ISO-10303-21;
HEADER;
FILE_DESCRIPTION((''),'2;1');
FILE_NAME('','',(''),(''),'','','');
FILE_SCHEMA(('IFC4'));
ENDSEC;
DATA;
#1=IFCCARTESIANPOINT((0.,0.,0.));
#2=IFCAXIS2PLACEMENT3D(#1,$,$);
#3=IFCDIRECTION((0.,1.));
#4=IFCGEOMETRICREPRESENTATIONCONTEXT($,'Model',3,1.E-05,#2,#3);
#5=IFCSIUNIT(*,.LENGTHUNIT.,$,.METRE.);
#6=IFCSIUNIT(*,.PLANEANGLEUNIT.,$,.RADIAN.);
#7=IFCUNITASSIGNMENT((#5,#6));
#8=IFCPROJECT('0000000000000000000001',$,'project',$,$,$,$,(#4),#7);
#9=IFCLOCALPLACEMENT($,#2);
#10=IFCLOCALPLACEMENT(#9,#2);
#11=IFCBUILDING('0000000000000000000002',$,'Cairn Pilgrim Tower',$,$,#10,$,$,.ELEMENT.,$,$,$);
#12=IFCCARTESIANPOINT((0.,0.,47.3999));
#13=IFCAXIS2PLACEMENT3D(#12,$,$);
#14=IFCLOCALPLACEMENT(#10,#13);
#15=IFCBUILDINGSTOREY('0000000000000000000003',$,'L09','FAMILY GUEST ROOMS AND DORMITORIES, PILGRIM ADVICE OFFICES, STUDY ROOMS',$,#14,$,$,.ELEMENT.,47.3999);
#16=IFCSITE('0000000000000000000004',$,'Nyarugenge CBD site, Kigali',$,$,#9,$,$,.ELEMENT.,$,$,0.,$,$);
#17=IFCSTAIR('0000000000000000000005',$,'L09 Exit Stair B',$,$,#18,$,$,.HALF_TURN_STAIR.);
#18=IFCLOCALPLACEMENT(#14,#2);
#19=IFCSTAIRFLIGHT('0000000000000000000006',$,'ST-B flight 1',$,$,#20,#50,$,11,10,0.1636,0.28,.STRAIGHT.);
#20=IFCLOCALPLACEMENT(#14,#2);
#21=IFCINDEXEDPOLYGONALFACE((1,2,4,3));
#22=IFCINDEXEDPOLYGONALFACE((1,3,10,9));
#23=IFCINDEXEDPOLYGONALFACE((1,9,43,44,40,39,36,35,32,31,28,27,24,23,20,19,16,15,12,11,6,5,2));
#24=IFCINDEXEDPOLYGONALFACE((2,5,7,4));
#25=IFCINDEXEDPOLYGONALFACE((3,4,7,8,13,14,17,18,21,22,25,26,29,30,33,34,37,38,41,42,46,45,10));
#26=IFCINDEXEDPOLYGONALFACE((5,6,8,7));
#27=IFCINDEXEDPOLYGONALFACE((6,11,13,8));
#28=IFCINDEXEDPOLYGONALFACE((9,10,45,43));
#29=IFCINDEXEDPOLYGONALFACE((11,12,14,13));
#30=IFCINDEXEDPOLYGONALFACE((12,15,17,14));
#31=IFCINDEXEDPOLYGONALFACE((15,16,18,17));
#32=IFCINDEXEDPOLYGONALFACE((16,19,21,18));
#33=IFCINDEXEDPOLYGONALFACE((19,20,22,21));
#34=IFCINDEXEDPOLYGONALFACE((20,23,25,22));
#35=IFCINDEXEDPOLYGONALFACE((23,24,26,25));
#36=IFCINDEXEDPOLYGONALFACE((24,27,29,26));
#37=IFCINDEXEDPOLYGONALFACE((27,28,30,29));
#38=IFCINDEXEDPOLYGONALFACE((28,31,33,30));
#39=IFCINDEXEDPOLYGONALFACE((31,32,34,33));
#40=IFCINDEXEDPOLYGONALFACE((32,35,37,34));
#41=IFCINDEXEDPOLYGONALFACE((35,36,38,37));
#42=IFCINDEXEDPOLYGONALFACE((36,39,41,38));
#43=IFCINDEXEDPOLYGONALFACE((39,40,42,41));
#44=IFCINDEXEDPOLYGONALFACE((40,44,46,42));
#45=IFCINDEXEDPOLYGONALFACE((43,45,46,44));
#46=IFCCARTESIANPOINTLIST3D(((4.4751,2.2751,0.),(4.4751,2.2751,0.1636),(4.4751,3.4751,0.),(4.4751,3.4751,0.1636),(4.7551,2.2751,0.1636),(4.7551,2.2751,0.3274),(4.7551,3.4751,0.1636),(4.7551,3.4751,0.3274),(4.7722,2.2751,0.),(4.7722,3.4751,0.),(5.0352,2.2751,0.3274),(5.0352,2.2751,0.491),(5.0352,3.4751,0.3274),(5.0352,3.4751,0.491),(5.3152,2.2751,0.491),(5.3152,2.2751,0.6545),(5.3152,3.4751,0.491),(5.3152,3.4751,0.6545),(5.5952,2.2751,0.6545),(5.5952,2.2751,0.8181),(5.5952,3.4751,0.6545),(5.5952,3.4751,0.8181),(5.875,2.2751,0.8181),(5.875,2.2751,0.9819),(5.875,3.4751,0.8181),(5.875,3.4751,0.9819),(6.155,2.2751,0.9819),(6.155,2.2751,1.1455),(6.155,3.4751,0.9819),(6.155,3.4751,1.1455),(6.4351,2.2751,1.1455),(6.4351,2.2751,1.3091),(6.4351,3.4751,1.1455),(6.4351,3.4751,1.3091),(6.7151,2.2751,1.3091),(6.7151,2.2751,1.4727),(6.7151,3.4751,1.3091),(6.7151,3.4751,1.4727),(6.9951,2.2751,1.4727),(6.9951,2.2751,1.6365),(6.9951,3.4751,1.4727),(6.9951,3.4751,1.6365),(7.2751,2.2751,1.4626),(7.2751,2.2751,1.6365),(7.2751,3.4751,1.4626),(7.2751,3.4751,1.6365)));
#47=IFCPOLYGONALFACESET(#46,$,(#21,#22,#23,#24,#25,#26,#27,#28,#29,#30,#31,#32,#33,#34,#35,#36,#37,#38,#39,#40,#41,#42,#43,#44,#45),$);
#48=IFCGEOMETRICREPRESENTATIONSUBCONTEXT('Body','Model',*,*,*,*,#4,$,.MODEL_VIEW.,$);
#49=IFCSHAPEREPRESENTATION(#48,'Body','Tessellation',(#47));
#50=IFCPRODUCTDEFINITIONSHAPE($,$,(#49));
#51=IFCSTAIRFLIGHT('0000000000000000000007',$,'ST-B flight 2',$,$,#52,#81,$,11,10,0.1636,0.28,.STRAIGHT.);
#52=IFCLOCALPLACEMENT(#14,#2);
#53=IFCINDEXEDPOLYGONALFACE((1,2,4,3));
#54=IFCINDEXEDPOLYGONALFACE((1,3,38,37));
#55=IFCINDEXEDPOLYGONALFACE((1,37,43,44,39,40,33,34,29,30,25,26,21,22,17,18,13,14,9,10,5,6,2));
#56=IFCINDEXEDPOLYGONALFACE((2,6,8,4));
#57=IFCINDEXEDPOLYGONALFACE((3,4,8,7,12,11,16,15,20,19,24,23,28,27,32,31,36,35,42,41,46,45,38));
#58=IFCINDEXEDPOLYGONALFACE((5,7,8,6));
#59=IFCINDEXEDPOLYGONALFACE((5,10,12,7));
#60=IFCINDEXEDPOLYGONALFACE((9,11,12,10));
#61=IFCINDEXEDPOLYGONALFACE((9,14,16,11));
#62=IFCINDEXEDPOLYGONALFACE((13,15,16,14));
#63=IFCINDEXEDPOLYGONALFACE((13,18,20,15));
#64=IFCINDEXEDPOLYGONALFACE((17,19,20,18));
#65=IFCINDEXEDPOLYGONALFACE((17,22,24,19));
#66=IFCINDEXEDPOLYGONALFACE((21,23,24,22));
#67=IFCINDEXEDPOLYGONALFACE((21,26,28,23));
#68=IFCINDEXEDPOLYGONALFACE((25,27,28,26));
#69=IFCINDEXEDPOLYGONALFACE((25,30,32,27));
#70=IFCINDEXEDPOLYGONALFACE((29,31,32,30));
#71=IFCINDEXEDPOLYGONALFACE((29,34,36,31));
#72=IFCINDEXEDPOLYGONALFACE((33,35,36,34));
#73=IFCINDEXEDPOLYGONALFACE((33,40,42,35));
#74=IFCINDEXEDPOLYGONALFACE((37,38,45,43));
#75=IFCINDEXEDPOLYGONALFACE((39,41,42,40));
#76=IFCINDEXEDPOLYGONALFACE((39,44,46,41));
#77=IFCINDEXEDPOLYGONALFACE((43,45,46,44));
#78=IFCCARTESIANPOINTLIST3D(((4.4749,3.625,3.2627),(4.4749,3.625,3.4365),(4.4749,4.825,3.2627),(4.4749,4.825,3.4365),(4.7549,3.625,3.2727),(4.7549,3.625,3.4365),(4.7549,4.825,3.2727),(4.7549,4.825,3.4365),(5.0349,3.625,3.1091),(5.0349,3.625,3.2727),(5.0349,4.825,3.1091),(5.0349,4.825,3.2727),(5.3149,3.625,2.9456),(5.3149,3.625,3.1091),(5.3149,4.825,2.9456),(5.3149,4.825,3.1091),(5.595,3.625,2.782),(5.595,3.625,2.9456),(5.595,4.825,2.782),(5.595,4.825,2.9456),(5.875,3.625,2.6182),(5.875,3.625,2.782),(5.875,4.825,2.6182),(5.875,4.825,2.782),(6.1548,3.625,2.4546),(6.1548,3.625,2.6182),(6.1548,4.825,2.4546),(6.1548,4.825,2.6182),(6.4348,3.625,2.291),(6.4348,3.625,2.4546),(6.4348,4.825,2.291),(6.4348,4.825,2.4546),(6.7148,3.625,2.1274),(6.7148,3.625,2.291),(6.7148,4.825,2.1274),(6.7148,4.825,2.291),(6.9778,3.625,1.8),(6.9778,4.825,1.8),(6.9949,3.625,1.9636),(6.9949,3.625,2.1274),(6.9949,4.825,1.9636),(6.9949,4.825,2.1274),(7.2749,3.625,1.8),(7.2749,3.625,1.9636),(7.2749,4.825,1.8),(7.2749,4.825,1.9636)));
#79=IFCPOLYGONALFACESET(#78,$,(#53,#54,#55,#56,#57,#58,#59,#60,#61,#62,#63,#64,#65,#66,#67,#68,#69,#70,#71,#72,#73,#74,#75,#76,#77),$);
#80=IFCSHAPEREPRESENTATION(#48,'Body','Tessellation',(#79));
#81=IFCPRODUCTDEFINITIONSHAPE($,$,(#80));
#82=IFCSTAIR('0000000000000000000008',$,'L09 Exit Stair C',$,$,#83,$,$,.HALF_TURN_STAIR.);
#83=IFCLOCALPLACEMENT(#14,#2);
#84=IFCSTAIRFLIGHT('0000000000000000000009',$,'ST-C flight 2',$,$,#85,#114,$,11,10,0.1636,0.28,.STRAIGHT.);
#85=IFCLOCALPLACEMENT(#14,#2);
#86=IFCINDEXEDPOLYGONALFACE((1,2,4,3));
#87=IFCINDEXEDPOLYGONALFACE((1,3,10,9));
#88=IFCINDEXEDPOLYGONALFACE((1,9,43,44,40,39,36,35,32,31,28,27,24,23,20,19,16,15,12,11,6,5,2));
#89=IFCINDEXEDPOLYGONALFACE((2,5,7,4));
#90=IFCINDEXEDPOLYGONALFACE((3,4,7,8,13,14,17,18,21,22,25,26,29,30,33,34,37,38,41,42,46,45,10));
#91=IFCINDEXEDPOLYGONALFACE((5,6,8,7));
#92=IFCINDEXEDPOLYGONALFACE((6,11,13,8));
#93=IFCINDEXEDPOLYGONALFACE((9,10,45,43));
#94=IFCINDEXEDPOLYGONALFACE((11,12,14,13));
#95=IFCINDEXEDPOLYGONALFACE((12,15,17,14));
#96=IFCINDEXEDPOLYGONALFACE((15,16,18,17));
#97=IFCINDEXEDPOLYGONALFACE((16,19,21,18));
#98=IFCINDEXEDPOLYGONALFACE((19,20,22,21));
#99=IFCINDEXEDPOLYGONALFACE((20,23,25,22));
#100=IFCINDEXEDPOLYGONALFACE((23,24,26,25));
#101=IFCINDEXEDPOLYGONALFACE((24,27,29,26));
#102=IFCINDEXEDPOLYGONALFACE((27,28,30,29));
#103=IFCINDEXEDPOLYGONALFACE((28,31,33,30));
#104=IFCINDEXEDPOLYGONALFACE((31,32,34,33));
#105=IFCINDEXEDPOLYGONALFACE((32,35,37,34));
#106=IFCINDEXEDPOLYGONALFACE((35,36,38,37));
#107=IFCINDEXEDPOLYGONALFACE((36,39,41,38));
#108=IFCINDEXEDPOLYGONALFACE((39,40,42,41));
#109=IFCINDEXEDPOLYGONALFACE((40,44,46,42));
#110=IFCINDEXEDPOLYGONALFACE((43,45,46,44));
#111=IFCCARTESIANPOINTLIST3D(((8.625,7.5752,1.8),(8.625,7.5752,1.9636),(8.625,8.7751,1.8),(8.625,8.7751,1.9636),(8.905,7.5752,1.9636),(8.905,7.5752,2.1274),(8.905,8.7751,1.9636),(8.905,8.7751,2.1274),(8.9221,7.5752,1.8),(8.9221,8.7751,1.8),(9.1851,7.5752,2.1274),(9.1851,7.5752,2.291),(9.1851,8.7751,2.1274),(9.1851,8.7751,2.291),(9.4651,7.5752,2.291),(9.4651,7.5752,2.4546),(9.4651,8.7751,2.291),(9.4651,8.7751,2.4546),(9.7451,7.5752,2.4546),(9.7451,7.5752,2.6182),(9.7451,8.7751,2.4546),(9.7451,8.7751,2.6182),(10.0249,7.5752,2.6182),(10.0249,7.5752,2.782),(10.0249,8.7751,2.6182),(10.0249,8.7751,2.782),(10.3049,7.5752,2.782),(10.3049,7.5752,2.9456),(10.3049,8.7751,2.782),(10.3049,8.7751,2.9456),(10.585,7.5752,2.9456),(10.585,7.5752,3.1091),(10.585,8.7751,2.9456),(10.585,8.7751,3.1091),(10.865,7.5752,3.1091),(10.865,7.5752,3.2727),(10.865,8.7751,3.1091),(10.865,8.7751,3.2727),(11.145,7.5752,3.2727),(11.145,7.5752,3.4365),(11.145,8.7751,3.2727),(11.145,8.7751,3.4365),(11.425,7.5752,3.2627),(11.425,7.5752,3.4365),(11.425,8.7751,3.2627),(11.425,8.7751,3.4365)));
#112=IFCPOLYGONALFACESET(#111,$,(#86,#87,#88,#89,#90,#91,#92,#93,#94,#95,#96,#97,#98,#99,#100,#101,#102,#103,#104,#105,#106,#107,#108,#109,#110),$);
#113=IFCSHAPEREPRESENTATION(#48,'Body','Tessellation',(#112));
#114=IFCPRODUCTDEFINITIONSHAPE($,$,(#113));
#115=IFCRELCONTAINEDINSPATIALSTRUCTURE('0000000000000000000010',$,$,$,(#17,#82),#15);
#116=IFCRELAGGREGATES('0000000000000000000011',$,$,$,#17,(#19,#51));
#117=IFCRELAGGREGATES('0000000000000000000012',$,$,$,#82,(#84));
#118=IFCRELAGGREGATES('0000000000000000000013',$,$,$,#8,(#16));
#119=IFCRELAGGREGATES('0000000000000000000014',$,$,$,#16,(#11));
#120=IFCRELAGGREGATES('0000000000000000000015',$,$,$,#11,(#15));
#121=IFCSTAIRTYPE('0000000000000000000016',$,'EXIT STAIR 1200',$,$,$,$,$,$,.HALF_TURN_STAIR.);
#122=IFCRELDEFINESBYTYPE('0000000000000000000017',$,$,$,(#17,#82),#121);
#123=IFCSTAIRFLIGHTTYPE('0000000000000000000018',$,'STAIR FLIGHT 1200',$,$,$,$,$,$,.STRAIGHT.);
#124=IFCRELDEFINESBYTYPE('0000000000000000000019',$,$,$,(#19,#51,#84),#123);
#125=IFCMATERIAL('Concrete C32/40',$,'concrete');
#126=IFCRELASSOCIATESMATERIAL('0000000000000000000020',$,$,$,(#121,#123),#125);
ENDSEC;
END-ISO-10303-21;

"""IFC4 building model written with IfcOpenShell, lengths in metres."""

from ifc_helpers import new_model, si_unit, direction, frame, origin, place, context, subcontext, project, spatial, polyline, outline, extrude, material, type_object, element, aggregate, save


model = new_model("IFC4")

# Units and contexts
model_context = context("Model", 3, precision=1e-05, world=origin(), true_north=direction((0.0, 1.0)))
body_context = subcontext(model_context, "Body", "Model", "MODEL_VIEW")
ifc_project = project(units=[si_unit("LENGTHUNIT", "METRE"), si_unit("PLANEANGLEUNIT", "RADIAN")], contexts=[model_context])

# Site, building, storey
site_placement = place(None, origin())
site = spatial("IfcSite", under=ifc_project, at=site_placement, Name="Nyarugenge CBD site, Kigali", CompositionType="ELEMENT", RefElevation=0.0)
building_placement = place(site_placement, origin())
building = spatial("IfcBuilding", under=site, at=building_placement, Name="Cairn Pilgrim Tower", CompositionType="ELEMENT")
storey_placement = place(building_placement, frame((0.0, 0.0, 47.3999)))
storey = spatial("IfcBuildingStorey", under=building, at=storey_placement, Name="L09", Description="FAMILY GUEST ROOMS AND DORMITORIES, PILGRIM ADVICE OFFICES, STUDY ROOMS", CompositionType="ELEMENT", Elevation=47.3999)

# Shared definitions
ifc_material_1 = material(Name="Concrete C32/40", Category="concrete")

# Stair, stair flights
stair_type = type_object("IfcStairType", Name="EXIT STAIR 1200", PredefinedType="HALF_TURN_STAIR", material=ifc_material_1)
stair_1_placement = place(storey_placement, origin())
stair_1 = element("IfcStair", 1, at=stair_1_placement, inside=storey, type_object=stair_type, Name="L09 Exit Stair B", PredefinedType="HALF_TURN_STAIR")
stair_flight_type = type_object("IfcStairFlightType", Name="STAIR FLIGHT 1200", PredefinedType="STRAIGHT", material=ifc_material_1)
stair_flight_1_placement = place(storey_placement, frame((4.4751, 2.875, 0.0), z_axis=(0.0, 0.0, 1.0), x_axis=(1.0, 0.0, 0.0)))
stair_flight_1 = element("IfcStairFlight", 2, at=stair_flight_1_placement, type_object=stair_flight_type, Name="ST-B flight 1", NumberOfRisers=11, NumberOfTreads=10, PredefinedType="STRAIGHT", RiserHeight=0.1636, TreadLength=0.28, context=body_context, shape_type="SweptSolid", body=[
    extrude(outline(polyline([(0.0, 0.0), (0.0, 0.1636), (0.28, 0.1636), (0.28, 0.3274), (0.5601, 0.3274), (0.5601, 0.491), (0.8401, 0.491), (0.8401, 0.6545), (1.1201, 0.6545), (1.1201, 0.8181), (1.3999, 0.8181), (1.3999, 0.9819), (1.6799, 0.9819), (1.6799, 1.1455), (1.96, 1.1455), (1.96, 1.3091), (2.24, 1.3091), (2.24, 1.4727), (2.52, 1.4727), (2.52, 1.6365), (2.8, 1.6365), (2.8, 1.8), (2.8, 1.4626), (0.2971, 0.0), (0.0, 0.0)])), frame((0.0, 0.6001, 0.0), z_axis=(0.0, -1.0, 0.0), x_axis=(1.0, 0.0, 0.0)), (0.0, 0.0, 1.0), 1.2),
])
stair_flight_2_placement = place(storey_placement, frame((7.2749, 4.2251, 1.8), z_axis=(0.0, 0.0, 1.0), x_axis=(-1.0, 0.0, 0.0)))
stair_flight_2 = element("IfcStairFlight", 3, at=stair_flight_2_placement, type_object=stair_flight_type, Name="ST-B flight 2", NumberOfRisers=11, NumberOfTreads=10, PredefinedType="STRAIGHT", RiserHeight=0.1636, TreadLength=0.28, context=body_context, shape_type="SweptSolid", body=[
    extrude(outline(polyline([(0.0, 0.0), (0.0, 0.1636), (0.28, 0.1636), (0.28, 0.3274), (0.5601, 0.3274), (0.5601, 0.491), (0.8401, 0.491), (0.8401, 0.6545), (1.1201, 0.6545), (1.1201, 0.8181), (1.3999, 0.8181), (1.3999, 0.9819), (1.6799, 0.9819), (1.6799, 1.1455), (1.96, 1.1455), (1.96, 1.3091), (2.24, 1.3091), (2.24, 1.4727), (2.52, 1.4727), (2.52, 1.6365), (2.8, 1.6365), (2.8, 1.8), (2.8, 1.4626), (0.2971, 0.0), (0.0, 0.0)])), frame((0.0, 0.6001, 0.0), z_axis=(0.0, -1.0, 0.0), x_axis=(1.0, 0.0, 0.0)), (0.0, 0.0, 1.0), 1.2),
])
aggregate(stair_1, [stair_flight_1, stair_flight_2])

# Stair, stair flight
stair_2_placement = place(storey_placement, origin())
stair_2 = element("IfcStair", 4, at=stair_2_placement, inside=storey, type_object=stair_type, Name="L09 Exit Stair C", PredefinedType="HALF_TURN_STAIR")
stair_flight_3_placement = place(storey_placement, frame((8.625, 8.175, 1.8), z_axis=(0.0, 0.0, 1.0), x_axis=(1.0, 0.0, 0.0)))
stair_flight_3 = element("IfcStairFlight", 5, at=stair_flight_3_placement, type_object=stair_flight_type, Name="ST-C flight 2", NumberOfRisers=11, NumberOfTreads=10, PredefinedType="STRAIGHT", RiserHeight=0.1636, TreadLength=0.28, context=body_context, shape_type="SweptSolid", body=[
    extrude(outline(polyline([(0.0, 0.0), (0.0, 0.1636), (0.28, 0.1636), (0.28, 0.3274), (0.5601, 0.3274), (0.5601, 0.491), (0.8401, 0.491), (0.8401, 0.6545), (1.1201, 0.6545), (1.1201, 0.8181), (1.3999, 0.8181), (1.3999, 0.9819), (1.6799, 0.9819), (1.6799, 1.1455), (1.96, 1.1455), (1.96, 1.3091), (2.24, 1.3091), (2.24, 1.4727), (2.52, 1.4727), (2.52, 1.6365), (2.8, 1.6365), (2.8, 1.8), (2.8, 1.4626), (0.2971, 0.0), (0.0, 0.0)])), frame((0.0, 0.6001, 0.0), z_axis=(0.0, -1.0, 0.0), x_axis=(1.0, 0.0, 0.0)), (0.0, 0.0, 1.0), 1.2),
])
aggregate(stair_2, [stair_flight_3])

save(model, "model.ifc")
